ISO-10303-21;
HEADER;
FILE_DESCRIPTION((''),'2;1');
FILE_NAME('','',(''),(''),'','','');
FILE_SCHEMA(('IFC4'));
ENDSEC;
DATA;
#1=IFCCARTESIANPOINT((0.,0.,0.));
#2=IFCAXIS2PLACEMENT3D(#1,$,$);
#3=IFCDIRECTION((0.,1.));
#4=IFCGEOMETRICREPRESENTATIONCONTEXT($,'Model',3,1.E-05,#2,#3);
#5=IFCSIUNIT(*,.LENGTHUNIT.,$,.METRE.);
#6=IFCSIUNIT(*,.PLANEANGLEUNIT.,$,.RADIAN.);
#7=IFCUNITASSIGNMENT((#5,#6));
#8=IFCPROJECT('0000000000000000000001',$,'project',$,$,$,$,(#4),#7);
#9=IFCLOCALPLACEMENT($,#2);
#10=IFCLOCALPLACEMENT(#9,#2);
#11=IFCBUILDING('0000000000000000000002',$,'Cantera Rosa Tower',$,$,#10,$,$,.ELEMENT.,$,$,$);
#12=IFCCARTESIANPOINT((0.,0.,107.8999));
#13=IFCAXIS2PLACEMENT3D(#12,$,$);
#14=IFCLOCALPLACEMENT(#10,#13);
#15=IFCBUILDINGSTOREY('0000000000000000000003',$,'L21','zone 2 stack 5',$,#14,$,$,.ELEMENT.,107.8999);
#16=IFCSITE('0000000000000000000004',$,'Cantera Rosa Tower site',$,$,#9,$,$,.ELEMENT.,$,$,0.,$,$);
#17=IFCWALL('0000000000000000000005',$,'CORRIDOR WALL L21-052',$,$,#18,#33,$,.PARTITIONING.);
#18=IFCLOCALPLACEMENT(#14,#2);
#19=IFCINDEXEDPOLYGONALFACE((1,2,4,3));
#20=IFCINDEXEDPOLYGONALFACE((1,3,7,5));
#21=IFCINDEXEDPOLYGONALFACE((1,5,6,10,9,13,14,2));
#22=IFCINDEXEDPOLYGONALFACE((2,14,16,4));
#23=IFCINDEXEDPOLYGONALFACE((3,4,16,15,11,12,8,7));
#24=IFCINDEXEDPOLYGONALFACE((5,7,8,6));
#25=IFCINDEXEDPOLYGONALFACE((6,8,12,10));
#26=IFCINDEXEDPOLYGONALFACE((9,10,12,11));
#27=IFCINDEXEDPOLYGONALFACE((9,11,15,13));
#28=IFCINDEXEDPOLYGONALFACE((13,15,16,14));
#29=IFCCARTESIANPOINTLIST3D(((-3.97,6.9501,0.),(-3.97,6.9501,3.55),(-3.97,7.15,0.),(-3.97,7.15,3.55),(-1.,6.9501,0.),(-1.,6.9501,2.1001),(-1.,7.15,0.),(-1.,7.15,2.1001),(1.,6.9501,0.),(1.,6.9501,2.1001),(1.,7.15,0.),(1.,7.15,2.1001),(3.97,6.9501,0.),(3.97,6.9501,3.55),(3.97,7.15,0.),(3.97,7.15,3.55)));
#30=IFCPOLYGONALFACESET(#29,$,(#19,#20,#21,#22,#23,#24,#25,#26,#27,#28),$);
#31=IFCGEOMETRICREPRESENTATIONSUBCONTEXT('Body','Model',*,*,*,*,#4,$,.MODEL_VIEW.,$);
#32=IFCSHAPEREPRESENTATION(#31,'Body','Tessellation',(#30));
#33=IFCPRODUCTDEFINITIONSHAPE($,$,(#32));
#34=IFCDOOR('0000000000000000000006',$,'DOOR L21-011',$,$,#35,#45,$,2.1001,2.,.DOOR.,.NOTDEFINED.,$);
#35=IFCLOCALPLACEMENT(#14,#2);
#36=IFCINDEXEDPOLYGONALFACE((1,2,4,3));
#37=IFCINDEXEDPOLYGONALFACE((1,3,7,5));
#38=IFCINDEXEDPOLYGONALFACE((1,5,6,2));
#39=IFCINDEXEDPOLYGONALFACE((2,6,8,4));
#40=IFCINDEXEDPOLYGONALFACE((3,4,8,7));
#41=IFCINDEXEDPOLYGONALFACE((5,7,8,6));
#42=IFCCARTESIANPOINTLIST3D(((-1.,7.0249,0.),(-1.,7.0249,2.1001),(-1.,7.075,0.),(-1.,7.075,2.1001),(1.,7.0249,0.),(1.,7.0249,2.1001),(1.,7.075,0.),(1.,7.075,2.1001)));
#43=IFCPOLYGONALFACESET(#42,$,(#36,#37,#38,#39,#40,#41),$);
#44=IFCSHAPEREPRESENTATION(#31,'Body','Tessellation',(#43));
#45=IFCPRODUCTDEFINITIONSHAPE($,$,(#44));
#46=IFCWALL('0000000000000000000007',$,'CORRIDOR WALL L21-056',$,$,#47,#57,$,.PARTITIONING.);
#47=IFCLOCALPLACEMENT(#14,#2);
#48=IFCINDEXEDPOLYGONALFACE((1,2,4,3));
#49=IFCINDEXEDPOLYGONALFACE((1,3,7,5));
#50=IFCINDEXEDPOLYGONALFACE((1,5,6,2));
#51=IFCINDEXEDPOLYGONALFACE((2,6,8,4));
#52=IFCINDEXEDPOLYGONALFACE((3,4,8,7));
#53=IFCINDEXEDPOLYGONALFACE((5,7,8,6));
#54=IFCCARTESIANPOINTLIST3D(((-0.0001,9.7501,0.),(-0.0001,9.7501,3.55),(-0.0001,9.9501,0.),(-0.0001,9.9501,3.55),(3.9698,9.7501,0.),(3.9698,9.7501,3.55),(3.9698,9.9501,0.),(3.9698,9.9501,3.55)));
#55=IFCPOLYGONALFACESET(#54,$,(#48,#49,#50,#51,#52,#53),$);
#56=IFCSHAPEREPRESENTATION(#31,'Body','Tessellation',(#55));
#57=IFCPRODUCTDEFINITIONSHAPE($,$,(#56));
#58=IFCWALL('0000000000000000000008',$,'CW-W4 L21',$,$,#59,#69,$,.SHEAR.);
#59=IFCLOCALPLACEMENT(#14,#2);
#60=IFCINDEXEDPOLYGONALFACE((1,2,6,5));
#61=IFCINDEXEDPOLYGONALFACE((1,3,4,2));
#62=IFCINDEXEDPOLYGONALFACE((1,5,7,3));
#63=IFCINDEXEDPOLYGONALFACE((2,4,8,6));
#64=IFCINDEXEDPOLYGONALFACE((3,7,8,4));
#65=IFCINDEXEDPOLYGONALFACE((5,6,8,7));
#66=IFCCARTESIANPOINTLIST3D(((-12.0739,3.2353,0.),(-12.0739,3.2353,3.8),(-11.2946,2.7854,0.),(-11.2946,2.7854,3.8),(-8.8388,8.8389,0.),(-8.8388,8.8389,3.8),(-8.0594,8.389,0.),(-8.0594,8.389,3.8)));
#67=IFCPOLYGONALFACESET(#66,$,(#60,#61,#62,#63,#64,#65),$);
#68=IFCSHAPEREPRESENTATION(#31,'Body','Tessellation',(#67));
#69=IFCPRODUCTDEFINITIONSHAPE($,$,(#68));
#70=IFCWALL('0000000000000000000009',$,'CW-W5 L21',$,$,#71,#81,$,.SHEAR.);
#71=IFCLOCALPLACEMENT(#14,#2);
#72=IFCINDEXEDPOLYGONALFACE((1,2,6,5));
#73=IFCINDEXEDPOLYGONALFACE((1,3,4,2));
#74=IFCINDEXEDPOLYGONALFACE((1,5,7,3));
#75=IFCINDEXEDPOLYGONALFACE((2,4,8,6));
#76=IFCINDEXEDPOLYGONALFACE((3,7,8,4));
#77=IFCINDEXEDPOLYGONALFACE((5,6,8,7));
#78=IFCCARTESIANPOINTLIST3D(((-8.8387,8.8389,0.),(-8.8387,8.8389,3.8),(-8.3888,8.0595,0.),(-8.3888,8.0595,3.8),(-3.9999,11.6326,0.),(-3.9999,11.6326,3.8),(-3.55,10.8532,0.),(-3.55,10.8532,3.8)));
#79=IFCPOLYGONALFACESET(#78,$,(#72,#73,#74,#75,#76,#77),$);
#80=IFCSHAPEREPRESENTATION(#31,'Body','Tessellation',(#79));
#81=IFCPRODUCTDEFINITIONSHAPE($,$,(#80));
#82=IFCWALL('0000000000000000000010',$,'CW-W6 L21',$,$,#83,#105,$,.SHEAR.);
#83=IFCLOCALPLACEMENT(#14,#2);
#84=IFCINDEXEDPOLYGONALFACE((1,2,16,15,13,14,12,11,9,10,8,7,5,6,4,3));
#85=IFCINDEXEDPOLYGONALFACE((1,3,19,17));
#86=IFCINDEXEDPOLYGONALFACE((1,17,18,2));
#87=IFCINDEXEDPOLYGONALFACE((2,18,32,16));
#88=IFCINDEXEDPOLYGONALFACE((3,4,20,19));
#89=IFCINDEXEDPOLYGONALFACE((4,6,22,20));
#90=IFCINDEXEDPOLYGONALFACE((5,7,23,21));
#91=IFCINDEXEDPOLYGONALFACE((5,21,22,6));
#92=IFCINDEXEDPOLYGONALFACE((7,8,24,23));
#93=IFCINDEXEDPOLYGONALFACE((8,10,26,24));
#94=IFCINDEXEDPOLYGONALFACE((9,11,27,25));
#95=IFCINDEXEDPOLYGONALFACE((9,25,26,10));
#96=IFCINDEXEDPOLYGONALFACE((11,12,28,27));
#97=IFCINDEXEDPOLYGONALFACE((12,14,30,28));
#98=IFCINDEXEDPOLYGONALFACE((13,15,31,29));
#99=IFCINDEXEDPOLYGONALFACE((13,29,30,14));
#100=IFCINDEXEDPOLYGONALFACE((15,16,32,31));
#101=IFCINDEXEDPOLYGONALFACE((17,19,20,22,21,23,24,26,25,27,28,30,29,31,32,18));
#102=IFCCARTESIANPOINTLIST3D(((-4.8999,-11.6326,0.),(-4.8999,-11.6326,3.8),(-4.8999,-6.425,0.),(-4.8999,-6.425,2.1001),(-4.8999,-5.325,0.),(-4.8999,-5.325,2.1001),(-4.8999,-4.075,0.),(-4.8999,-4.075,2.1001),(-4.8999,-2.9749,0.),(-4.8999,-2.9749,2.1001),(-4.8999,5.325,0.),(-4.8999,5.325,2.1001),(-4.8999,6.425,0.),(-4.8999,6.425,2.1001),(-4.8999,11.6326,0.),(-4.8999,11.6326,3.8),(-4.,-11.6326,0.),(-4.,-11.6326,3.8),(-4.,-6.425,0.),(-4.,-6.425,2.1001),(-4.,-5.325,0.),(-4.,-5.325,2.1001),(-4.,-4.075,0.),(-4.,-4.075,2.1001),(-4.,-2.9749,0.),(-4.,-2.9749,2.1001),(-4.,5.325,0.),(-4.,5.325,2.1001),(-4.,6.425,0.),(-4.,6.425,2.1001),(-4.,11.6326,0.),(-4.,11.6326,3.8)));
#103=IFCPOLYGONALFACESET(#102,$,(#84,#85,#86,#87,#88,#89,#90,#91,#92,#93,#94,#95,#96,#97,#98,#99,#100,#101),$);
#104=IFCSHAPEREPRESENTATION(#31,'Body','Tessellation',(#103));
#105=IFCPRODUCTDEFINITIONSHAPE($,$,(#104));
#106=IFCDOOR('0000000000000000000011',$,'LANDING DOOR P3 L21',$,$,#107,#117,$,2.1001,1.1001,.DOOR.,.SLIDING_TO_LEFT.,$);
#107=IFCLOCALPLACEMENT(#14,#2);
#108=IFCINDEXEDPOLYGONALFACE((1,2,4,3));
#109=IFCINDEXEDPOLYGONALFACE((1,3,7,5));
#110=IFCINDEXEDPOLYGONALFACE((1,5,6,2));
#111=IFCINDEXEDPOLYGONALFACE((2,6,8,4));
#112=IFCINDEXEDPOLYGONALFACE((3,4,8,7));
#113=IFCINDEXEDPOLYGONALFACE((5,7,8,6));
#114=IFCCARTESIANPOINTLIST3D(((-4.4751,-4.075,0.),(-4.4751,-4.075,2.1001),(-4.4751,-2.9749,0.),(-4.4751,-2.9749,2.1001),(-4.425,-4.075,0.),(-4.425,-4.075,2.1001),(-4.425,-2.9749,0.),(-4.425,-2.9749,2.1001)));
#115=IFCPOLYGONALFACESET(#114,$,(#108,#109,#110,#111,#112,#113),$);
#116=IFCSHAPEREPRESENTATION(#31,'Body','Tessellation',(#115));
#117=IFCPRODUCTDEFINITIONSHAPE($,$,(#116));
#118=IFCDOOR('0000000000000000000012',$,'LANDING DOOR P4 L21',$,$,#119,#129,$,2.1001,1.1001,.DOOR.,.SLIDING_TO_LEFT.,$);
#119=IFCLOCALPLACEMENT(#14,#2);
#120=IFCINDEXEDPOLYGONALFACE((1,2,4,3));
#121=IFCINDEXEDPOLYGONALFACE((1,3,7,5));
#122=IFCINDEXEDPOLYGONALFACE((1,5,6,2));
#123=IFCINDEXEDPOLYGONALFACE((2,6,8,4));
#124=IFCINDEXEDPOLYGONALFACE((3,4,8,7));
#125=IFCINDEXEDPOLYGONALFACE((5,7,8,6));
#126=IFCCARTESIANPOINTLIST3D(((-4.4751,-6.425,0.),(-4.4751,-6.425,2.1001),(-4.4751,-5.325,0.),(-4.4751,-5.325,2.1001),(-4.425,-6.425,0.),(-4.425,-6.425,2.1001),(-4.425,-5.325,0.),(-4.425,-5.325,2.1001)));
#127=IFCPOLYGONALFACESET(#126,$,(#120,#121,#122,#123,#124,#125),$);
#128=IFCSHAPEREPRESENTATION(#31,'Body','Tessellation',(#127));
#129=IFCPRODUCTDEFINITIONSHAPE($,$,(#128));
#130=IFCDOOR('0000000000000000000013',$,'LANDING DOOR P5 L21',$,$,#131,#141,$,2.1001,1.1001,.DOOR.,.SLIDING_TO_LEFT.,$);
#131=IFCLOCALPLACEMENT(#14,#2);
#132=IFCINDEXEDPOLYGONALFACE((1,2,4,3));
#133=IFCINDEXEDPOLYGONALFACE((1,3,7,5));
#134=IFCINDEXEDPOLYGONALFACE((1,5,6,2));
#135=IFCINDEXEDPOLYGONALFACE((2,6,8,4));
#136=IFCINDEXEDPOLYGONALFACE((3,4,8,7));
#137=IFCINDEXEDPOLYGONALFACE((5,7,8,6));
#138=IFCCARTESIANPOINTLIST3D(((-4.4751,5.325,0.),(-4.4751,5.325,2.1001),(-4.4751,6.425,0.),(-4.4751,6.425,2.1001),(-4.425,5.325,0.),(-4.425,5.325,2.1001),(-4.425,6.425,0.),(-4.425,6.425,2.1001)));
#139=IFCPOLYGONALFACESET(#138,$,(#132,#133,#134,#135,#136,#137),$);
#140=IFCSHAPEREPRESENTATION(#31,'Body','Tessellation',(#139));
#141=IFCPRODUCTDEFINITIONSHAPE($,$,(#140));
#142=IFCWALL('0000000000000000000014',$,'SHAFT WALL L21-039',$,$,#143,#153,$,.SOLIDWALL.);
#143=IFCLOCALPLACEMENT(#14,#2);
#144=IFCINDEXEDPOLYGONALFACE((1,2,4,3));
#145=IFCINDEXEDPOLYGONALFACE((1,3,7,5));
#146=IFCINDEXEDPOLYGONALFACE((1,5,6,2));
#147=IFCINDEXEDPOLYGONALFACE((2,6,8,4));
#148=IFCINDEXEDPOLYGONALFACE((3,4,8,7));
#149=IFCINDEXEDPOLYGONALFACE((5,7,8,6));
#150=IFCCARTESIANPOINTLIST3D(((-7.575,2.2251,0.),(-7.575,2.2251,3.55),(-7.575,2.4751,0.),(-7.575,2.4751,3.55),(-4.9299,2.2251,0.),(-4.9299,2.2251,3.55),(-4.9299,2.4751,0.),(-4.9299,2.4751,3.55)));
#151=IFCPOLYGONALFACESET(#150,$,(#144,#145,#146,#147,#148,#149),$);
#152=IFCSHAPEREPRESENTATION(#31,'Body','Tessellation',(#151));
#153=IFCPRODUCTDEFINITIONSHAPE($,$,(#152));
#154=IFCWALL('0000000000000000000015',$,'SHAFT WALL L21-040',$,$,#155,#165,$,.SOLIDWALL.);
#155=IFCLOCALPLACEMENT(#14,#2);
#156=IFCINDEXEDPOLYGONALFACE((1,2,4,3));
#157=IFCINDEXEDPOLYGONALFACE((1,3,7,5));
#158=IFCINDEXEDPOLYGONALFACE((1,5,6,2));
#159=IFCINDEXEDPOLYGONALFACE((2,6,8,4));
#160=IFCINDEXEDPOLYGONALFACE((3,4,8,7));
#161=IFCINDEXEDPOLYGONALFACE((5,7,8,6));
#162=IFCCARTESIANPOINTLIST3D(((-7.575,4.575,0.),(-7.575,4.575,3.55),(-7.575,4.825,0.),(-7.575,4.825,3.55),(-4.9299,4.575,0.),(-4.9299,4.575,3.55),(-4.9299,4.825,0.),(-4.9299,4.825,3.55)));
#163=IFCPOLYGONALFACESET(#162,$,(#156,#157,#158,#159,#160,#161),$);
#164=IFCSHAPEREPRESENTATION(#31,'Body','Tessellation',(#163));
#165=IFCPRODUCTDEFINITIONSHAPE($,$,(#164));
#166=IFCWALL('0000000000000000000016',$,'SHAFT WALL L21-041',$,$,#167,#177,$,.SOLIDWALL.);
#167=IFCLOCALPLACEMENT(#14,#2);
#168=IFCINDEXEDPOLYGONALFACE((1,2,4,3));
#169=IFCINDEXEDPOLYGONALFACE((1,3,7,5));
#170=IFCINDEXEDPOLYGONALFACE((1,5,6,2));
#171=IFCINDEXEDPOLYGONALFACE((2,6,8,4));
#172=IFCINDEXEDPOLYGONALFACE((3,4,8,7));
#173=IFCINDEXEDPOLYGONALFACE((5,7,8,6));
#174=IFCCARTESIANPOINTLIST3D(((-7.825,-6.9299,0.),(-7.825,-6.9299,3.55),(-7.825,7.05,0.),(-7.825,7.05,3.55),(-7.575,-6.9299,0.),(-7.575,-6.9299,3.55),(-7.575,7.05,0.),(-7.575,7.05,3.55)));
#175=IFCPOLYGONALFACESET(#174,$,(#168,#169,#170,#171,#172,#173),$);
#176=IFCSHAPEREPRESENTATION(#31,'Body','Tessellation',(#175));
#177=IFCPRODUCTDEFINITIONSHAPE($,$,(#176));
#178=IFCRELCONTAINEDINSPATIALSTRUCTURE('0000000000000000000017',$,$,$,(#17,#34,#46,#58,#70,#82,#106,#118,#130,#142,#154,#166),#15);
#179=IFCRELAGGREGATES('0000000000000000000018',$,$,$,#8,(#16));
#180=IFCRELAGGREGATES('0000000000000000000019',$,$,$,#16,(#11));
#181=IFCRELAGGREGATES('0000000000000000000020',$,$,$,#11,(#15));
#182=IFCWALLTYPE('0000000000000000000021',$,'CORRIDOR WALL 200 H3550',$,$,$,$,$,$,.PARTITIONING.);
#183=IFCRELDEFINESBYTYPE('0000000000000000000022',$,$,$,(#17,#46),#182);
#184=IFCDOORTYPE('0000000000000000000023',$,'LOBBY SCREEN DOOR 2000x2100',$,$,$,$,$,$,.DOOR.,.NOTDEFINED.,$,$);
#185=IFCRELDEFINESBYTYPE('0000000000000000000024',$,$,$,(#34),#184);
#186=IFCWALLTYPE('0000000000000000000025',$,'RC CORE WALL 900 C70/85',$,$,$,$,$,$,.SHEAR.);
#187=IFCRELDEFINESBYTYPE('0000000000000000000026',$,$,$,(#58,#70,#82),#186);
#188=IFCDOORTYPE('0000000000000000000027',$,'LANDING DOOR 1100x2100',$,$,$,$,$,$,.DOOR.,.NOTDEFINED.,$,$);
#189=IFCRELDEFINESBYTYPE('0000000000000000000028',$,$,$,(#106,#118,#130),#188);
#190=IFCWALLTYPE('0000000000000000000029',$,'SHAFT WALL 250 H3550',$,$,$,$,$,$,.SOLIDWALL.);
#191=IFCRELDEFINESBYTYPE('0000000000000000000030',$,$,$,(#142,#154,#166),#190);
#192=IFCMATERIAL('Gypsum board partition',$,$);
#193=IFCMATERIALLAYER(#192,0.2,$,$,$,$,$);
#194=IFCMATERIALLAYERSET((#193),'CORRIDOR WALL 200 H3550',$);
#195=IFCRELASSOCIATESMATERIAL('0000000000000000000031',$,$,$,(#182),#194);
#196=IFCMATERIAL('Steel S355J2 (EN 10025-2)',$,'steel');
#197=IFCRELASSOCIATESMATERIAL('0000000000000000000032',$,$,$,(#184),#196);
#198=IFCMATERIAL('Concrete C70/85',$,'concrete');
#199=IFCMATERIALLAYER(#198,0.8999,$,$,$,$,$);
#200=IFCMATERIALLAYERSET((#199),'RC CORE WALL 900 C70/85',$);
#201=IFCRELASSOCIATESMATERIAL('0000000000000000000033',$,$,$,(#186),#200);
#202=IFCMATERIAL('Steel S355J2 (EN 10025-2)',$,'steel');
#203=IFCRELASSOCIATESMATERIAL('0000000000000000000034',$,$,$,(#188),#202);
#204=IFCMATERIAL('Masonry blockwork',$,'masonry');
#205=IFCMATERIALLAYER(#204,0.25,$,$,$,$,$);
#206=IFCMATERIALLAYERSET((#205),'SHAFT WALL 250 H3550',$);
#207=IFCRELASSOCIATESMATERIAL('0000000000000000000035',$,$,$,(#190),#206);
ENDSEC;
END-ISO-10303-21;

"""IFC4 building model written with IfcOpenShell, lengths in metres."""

from ifc_helpers import new_model, si_unit, direction, frame, frame_2d, origin, place, context, subcontext, project, spatial, rectangle, extrude, material, layer, layer_set, type_object, element, fill, save


model = new_model("IFC4")

# Units and contexts
model_context = context("Model", 3, precision=1e-05, world=origin(), true_north=direction((0.0, 1.0)))
body_context = subcontext(model_context, "Body", "Model", "MODEL_VIEW")
ifc_project = project(units=[si_unit("LENGTHUNIT", "METRE"), si_unit("PLANEANGLEUNIT", "RADIAN")], contexts=[model_context])

# Site, building, storey
site_placement = place(None, origin())
site = spatial("IfcSite", under=ifc_project, at=site_placement, Name="Cantera Rosa Tower site", CompositionType="ELEMENT", RefElevation=0.0)
building_placement = place(site_placement, origin())
building = spatial("IfcBuilding", under=site, at=building_placement, Name="Cantera Rosa Tower", CompositionType="ELEMENT")
storey_placement = place(building_placement, frame((0.0, 0.0, 107.8999)))
storey = spatial("IfcBuildingStorey", under=building, at=storey_placement, Name="L21", Description="zone 2 stack 5", CompositionType="ELEMENT", Elevation=107.8999)

# Wall, opening, door
ifc_material_1 = material(Name="Gypsum board partition")
ifc_layer_1 = layer(ifc_material_1, 0.2)
ifc_layer_set_1 = layer_set([ifc_layer_1], Name="CORRIDOR WALL 200 H3550")
wall_type_1 = type_object("IfcWallType", Name="CORRIDOR WALL 200 H3550", PredefinedType="PARTITIONING", material=ifc_layer_set_1)
wall_1_placement = place(storey_placement, frame((-3.97, 7.05, 0.0), z_axis=(0.0, 0.0, 1.0), x_axis=(1.0, 0.0, 0.0)))
wall_1 = element("IfcWall", 1, at=wall_1_placement, inside=storey, type_object=wall_type_1, Name="CORRIDOR WALL L21-052", PredefinedType="PARTITIONING", context=body_context, shape_type="SweptSolid", body=[
    extrude(rectangle(XDim=7.9399, YDim=0.2, at=frame_2d((3.97, 0.0))), origin(), (0.0, 0.0, 1.0), 3.55),
])
opening_1_placement = place(wall_1_placement, frame((2.97, 0.0, 0.0)))
opening_1 = element("IfcOpeningElement", 2, at=opening_1_placement, cuts=wall_1, PredefinedType="OPENING", context=body_context, shape_type="SweptSolid", body=[
    extrude(rectangle(XDim=2.0, YDim=2.1001, at=frame_2d((1.0, 1.05))), frame((0.0, 0.1099, 0.0), z_axis=(0.0, -1.0, 0.0), x_axis=(1.0, 0.0, 0.0)), (0.0, 0.0, 1.0), 0.22),
])
ifc_material_2 = material(Name="Steel S355J2 (EN 10025-2)", Category="steel")
door_type_1 = type_object("IfcDoorType", Name="LOBBY SCREEN DOOR 2000x2100", OperationType="NOTDEFINED", PredefinedType="DOOR", material=ifc_material_2)
door_1_placement = place(opening_1_placement, origin())
door_1 = element("IfcDoor", 3, at=door_1_placement, inside=storey, type_object=door_type_1, Name="DOOR L21-011", OperationType="NOTDEFINED", OverallHeight=2.1001, OverallWidth=2.0, PredefinedType="DOOR", context=body_context, shape_type="SweptSolid", body=[
    extrude(rectangle(XDim=2.0, YDim=2.1001, at=frame_2d((1.0, 1.05))), frame((0.0, 0.0249, 0.0), z_axis=(0.0, -1.0, 0.0), x_axis=(1.0, 0.0, 0.0)), (0.0, 0.0, 1.0), 0.05),
])
fill(opening_1, door_1)

# Walls
wall_2_placement = place(storey_placement, frame((0.0, 9.8501, 0.0), z_axis=(0.0, 0.0, 1.0), x_axis=(1.0, 0.0, 0.0)))
element("IfcWall", 4, at=wall_2_placement, inside=storey, type_object=wall_type_1, Name="CORRIDOR WALL L21-056", PredefinedType="PARTITIONING", context=body_context, shape_type="SweptSolid", body=[
    extrude(rectangle(XDim=3.97, YDim=0.2, at=frame_2d((1.9849, 0.0))), origin(), (0.0, 0.0, 1.0), 3.55),
])
ifc_material_3 = material(Name="Concrete C70/85", Category="concrete")
ifc_layer_2 = layer(ifc_material_3, 0.8999)
ifc_layer_set_2 = layer_set([ifc_layer_2], Name="RC CORE WALL 900 C70/85")
wall_type_2 = type_object("IfcWallType", Name="RC CORE WALL 900 C70/85", PredefinedType="SHEAR", material=ifc_layer_set_2)
wall_3_placement = place(storey_placement, frame((-11.6843, 3.0103, 0.0), z_axis=(0.0, 0.0, 1.0), x_axis=(0.49999, 0.866031, 0.0)))
element("IfcWall", 5, at=wall_3_placement, inside=storey, type_object=wall_type_2, Name="CW-W4 L21", PredefinedType="SHEAR", context=body_context, shape_type="SweptSolid", body=[
    extrude(rectangle(XDim=6.4705, YDim=0.8999, at=frame_2d((3.2354, 0.0))), origin(), (0.0, 0.0, 1.0), 3.8),
])
wall_4_placement = place(storey_placement, frame((-8.6138, 8.4492, 0.0), z_axis=(0.0, 0.0, 1.0), x_axis=(0.866027, 0.499997, 0.0)))
element("IfcWall", 6, at=wall_4_placement, inside=storey, type_object=wall_type_2, Name="CW-W5 L21", PredefinedType="SHEAR", context=body_context, shape_type="SweptSolid", body=[
    extrude(rectangle(XDim=5.5874, YDim=0.8999, at=frame_2d((2.7937, 0.0))), origin(), (0.0, 0.0, 1.0), 3.8),
])

# Wall, openings, doors
wall_5_placement = place(storey_placement, frame((-4.45, 11.6326, 0.0), z_axis=(0.0, 0.0, 1.0), x_axis=(0.0, -1.0, 0.0)))
wall_5 = element("IfcWall", 7, at=wall_5_placement, inside=storey, type_object=wall_type_2, Name="CW-W6 L21", PredefinedType="SHEAR", context=body_context, shape_type="SweptSolid", body=[
    extrude(rectangle(XDim=23.2651, YDim=0.8999, at=frame_2d((11.6326, 0.0))), origin(), (0.0, 0.0, 1.0), 3.8),
])
opening_2_placement = place(wall_5_placement, frame((14.6074, 0.0, 0.0)))
opening_2 = element("IfcOpeningElement", 8, at=opening_2_placement, cuts=wall_5, PredefinedType="OPENING", context=body_context, shape_type="SweptSolid", body=[
    extrude(rectangle(XDim=1.1001, YDim=2.1001, at=frame_2d((0.55, 1.05))), frame((0.0, 0.46, 0.0), z_axis=(0.0, -1.0, 0.0), x_axis=(1.0, 0.0, 0.0)), (0.0, 0.0, 1.0), 0.9199),
])
opening_3_placement = place(wall_5_placement, frame((16.9575, 0.0, 0.0)))
opening_3 = element("IfcOpeningElement", 9, at=opening_3_placement, cuts=wall_5, PredefinedType="OPENING", context=body_context, shape_type="SweptSolid", body=[
    extrude(rectangle(XDim=1.1001, YDim=2.1001, at=frame_2d((0.55, 1.05))), frame((0.0, 0.46, 0.0), z_axis=(0.0, -1.0, 0.0), x_axis=(1.0, 0.0, 0.0)), (0.0, 0.0, 1.0), 0.9199),
])
opening_4_placement = place(wall_5_placement, frame((5.2075, 0.0, 0.0)))
opening_4 = element("IfcOpeningElement", 10, at=opening_4_placement, cuts=wall_5, PredefinedType="OPENING", context=body_context, shape_type="SweptSolid", body=[
    extrude(rectangle(XDim=1.1001, YDim=2.1001, at=frame_2d((0.55, 1.05))), frame((0.0, 0.46, 0.0), z_axis=(0.0, -1.0, 0.0), x_axis=(1.0, 0.0, 0.0)), (0.0, 0.0, 1.0), 0.9199),
])
ifc_material_4 = material(Name="Steel S355J2 (EN 10025-2)", Category="steel")
door_type_2 = type_object("IfcDoorType", Name="LANDING DOOR 1100x2100", OperationType="NOTDEFINED", PredefinedType="DOOR", material=ifc_material_4)
door_2_placement = place(opening_2_placement, origin())
door_2 = element("IfcDoor", 11, at=door_2_placement, inside=storey, type_object=door_type_2, Name="LANDING DOOR P3 L21", OperationType="SLIDING_TO_LEFT", OverallHeight=2.1001, OverallWidth=1.1001, PredefinedType="DOOR", context=body_context, shape_type="SweptSolid", body=[
    extrude(rectangle(XDim=1.1001, YDim=2.1001, at=frame_2d((0.55, 1.05))), frame((0.0, 0.0249, 0.0), z_axis=(0.0, -1.0, 0.0), x_axis=(1.0, 0.0, 0.0)), (0.0, 0.0, 1.0), 0.05),
])
fill(opening_2, door_2)
door_3_placement = place(opening_3_placement, origin())
door_3 = element("IfcDoor", 12, at=door_3_placement, inside=storey, type_object=door_type_2, Name="LANDING DOOR P4 L21", OperationType="SLIDING_TO_LEFT", OverallHeight=2.1001, OverallWidth=1.1001, PredefinedType="DOOR", context=body_context, shape_type="SweptSolid", body=[
    extrude(rectangle(XDim=1.1001, YDim=2.1001, at=frame_2d((0.55, 1.05))), frame((0.0, 0.0249, 0.0), z_axis=(0.0, -1.0, 0.0), x_axis=(1.0, 0.0, 0.0)), (0.0, 0.0, 1.0), 0.05),
])
fill(opening_3, door_3)
door_4_placement = place(opening_4_placement, origin())
door_4 = element("IfcDoor", 13, at=door_4_placement, inside=storey, type_object=door_type_2, Name="LANDING DOOR P5 L21", OperationType="SLIDING_TO_LEFT", OverallHeight=2.1001, OverallWidth=1.1001, PredefinedType="DOOR", context=body_context, shape_type="SweptSolid", body=[
    extrude(rectangle(XDim=1.1001, YDim=2.1001, at=frame_2d((0.55, 1.05))), frame((0.0, 0.0249, 0.0), z_axis=(0.0, -1.0, 0.0), x_axis=(1.0, 0.0, 0.0)), (0.0, 0.0, 1.0), 0.05),
])
fill(opening_4, door_4)

# Walls
ifc_material_5 = material(Name="Masonry blockwork", Category="masonry")
ifc_layer_3 = layer(ifc_material_5, 0.25)
ifc_layer_set_3 = layer_set([ifc_layer_3], Name="SHAFT WALL 250 H3550")
wall_type_3 = type_object("IfcWallType", Name="SHAFT WALL 250 H3550", PredefinedType="SOLIDWALL", material=ifc_layer_set_3)
for number, where, z_axis, x_axis, name in (
    (14, (-7.575, 2.3501, 0.0), (0.0, 0.0, 1.0), (1.0, 0.0, 0.0), "SHAFT WALL L21-039"),
    (15, (-7.575, 4.7, 0.0), (0.0, 0.0, 1.0), (1.0, 0.0, 0.0), "SHAFT WALL L21-040"),
):
    element("IfcWall", number, at=place(storey_placement, frame(where, z_axis=z_axis, x_axis=x_axis)), inside=storey, type_object=wall_type_3, Name=name, PredefinedType="SOLIDWALL", context=body_context, shape_type="SweptSolid", body=[
        extrude(rectangle(XDim=2.645, YDim=0.25, at=frame_2d((1.3225, 0.0))), origin(), (0.0, 0.0, 1.0), 3.55),
    ])
wall_6_placement = place(storey_placement, frame((-7.7, 7.05, 0.0), z_axis=(0.0, 0.0, 1.0), x_axis=(0.0, -1.0, 0.0)))
element("IfcWall", 16, at=wall_6_placement, inside=storey, type_object=wall_type_3, Name="SHAFT WALL L21-041", PredefinedType="SOLIDWALL", context=body_context, shape_type="SweptSolid", body=[
    extrude(rectangle(XDim=13.98, YDim=0.25, at=frame_2d((6.99, 0.0))), origin(), (0.0, 0.0, 1.0), 3.55),
])

save(model, "model.ifc")
